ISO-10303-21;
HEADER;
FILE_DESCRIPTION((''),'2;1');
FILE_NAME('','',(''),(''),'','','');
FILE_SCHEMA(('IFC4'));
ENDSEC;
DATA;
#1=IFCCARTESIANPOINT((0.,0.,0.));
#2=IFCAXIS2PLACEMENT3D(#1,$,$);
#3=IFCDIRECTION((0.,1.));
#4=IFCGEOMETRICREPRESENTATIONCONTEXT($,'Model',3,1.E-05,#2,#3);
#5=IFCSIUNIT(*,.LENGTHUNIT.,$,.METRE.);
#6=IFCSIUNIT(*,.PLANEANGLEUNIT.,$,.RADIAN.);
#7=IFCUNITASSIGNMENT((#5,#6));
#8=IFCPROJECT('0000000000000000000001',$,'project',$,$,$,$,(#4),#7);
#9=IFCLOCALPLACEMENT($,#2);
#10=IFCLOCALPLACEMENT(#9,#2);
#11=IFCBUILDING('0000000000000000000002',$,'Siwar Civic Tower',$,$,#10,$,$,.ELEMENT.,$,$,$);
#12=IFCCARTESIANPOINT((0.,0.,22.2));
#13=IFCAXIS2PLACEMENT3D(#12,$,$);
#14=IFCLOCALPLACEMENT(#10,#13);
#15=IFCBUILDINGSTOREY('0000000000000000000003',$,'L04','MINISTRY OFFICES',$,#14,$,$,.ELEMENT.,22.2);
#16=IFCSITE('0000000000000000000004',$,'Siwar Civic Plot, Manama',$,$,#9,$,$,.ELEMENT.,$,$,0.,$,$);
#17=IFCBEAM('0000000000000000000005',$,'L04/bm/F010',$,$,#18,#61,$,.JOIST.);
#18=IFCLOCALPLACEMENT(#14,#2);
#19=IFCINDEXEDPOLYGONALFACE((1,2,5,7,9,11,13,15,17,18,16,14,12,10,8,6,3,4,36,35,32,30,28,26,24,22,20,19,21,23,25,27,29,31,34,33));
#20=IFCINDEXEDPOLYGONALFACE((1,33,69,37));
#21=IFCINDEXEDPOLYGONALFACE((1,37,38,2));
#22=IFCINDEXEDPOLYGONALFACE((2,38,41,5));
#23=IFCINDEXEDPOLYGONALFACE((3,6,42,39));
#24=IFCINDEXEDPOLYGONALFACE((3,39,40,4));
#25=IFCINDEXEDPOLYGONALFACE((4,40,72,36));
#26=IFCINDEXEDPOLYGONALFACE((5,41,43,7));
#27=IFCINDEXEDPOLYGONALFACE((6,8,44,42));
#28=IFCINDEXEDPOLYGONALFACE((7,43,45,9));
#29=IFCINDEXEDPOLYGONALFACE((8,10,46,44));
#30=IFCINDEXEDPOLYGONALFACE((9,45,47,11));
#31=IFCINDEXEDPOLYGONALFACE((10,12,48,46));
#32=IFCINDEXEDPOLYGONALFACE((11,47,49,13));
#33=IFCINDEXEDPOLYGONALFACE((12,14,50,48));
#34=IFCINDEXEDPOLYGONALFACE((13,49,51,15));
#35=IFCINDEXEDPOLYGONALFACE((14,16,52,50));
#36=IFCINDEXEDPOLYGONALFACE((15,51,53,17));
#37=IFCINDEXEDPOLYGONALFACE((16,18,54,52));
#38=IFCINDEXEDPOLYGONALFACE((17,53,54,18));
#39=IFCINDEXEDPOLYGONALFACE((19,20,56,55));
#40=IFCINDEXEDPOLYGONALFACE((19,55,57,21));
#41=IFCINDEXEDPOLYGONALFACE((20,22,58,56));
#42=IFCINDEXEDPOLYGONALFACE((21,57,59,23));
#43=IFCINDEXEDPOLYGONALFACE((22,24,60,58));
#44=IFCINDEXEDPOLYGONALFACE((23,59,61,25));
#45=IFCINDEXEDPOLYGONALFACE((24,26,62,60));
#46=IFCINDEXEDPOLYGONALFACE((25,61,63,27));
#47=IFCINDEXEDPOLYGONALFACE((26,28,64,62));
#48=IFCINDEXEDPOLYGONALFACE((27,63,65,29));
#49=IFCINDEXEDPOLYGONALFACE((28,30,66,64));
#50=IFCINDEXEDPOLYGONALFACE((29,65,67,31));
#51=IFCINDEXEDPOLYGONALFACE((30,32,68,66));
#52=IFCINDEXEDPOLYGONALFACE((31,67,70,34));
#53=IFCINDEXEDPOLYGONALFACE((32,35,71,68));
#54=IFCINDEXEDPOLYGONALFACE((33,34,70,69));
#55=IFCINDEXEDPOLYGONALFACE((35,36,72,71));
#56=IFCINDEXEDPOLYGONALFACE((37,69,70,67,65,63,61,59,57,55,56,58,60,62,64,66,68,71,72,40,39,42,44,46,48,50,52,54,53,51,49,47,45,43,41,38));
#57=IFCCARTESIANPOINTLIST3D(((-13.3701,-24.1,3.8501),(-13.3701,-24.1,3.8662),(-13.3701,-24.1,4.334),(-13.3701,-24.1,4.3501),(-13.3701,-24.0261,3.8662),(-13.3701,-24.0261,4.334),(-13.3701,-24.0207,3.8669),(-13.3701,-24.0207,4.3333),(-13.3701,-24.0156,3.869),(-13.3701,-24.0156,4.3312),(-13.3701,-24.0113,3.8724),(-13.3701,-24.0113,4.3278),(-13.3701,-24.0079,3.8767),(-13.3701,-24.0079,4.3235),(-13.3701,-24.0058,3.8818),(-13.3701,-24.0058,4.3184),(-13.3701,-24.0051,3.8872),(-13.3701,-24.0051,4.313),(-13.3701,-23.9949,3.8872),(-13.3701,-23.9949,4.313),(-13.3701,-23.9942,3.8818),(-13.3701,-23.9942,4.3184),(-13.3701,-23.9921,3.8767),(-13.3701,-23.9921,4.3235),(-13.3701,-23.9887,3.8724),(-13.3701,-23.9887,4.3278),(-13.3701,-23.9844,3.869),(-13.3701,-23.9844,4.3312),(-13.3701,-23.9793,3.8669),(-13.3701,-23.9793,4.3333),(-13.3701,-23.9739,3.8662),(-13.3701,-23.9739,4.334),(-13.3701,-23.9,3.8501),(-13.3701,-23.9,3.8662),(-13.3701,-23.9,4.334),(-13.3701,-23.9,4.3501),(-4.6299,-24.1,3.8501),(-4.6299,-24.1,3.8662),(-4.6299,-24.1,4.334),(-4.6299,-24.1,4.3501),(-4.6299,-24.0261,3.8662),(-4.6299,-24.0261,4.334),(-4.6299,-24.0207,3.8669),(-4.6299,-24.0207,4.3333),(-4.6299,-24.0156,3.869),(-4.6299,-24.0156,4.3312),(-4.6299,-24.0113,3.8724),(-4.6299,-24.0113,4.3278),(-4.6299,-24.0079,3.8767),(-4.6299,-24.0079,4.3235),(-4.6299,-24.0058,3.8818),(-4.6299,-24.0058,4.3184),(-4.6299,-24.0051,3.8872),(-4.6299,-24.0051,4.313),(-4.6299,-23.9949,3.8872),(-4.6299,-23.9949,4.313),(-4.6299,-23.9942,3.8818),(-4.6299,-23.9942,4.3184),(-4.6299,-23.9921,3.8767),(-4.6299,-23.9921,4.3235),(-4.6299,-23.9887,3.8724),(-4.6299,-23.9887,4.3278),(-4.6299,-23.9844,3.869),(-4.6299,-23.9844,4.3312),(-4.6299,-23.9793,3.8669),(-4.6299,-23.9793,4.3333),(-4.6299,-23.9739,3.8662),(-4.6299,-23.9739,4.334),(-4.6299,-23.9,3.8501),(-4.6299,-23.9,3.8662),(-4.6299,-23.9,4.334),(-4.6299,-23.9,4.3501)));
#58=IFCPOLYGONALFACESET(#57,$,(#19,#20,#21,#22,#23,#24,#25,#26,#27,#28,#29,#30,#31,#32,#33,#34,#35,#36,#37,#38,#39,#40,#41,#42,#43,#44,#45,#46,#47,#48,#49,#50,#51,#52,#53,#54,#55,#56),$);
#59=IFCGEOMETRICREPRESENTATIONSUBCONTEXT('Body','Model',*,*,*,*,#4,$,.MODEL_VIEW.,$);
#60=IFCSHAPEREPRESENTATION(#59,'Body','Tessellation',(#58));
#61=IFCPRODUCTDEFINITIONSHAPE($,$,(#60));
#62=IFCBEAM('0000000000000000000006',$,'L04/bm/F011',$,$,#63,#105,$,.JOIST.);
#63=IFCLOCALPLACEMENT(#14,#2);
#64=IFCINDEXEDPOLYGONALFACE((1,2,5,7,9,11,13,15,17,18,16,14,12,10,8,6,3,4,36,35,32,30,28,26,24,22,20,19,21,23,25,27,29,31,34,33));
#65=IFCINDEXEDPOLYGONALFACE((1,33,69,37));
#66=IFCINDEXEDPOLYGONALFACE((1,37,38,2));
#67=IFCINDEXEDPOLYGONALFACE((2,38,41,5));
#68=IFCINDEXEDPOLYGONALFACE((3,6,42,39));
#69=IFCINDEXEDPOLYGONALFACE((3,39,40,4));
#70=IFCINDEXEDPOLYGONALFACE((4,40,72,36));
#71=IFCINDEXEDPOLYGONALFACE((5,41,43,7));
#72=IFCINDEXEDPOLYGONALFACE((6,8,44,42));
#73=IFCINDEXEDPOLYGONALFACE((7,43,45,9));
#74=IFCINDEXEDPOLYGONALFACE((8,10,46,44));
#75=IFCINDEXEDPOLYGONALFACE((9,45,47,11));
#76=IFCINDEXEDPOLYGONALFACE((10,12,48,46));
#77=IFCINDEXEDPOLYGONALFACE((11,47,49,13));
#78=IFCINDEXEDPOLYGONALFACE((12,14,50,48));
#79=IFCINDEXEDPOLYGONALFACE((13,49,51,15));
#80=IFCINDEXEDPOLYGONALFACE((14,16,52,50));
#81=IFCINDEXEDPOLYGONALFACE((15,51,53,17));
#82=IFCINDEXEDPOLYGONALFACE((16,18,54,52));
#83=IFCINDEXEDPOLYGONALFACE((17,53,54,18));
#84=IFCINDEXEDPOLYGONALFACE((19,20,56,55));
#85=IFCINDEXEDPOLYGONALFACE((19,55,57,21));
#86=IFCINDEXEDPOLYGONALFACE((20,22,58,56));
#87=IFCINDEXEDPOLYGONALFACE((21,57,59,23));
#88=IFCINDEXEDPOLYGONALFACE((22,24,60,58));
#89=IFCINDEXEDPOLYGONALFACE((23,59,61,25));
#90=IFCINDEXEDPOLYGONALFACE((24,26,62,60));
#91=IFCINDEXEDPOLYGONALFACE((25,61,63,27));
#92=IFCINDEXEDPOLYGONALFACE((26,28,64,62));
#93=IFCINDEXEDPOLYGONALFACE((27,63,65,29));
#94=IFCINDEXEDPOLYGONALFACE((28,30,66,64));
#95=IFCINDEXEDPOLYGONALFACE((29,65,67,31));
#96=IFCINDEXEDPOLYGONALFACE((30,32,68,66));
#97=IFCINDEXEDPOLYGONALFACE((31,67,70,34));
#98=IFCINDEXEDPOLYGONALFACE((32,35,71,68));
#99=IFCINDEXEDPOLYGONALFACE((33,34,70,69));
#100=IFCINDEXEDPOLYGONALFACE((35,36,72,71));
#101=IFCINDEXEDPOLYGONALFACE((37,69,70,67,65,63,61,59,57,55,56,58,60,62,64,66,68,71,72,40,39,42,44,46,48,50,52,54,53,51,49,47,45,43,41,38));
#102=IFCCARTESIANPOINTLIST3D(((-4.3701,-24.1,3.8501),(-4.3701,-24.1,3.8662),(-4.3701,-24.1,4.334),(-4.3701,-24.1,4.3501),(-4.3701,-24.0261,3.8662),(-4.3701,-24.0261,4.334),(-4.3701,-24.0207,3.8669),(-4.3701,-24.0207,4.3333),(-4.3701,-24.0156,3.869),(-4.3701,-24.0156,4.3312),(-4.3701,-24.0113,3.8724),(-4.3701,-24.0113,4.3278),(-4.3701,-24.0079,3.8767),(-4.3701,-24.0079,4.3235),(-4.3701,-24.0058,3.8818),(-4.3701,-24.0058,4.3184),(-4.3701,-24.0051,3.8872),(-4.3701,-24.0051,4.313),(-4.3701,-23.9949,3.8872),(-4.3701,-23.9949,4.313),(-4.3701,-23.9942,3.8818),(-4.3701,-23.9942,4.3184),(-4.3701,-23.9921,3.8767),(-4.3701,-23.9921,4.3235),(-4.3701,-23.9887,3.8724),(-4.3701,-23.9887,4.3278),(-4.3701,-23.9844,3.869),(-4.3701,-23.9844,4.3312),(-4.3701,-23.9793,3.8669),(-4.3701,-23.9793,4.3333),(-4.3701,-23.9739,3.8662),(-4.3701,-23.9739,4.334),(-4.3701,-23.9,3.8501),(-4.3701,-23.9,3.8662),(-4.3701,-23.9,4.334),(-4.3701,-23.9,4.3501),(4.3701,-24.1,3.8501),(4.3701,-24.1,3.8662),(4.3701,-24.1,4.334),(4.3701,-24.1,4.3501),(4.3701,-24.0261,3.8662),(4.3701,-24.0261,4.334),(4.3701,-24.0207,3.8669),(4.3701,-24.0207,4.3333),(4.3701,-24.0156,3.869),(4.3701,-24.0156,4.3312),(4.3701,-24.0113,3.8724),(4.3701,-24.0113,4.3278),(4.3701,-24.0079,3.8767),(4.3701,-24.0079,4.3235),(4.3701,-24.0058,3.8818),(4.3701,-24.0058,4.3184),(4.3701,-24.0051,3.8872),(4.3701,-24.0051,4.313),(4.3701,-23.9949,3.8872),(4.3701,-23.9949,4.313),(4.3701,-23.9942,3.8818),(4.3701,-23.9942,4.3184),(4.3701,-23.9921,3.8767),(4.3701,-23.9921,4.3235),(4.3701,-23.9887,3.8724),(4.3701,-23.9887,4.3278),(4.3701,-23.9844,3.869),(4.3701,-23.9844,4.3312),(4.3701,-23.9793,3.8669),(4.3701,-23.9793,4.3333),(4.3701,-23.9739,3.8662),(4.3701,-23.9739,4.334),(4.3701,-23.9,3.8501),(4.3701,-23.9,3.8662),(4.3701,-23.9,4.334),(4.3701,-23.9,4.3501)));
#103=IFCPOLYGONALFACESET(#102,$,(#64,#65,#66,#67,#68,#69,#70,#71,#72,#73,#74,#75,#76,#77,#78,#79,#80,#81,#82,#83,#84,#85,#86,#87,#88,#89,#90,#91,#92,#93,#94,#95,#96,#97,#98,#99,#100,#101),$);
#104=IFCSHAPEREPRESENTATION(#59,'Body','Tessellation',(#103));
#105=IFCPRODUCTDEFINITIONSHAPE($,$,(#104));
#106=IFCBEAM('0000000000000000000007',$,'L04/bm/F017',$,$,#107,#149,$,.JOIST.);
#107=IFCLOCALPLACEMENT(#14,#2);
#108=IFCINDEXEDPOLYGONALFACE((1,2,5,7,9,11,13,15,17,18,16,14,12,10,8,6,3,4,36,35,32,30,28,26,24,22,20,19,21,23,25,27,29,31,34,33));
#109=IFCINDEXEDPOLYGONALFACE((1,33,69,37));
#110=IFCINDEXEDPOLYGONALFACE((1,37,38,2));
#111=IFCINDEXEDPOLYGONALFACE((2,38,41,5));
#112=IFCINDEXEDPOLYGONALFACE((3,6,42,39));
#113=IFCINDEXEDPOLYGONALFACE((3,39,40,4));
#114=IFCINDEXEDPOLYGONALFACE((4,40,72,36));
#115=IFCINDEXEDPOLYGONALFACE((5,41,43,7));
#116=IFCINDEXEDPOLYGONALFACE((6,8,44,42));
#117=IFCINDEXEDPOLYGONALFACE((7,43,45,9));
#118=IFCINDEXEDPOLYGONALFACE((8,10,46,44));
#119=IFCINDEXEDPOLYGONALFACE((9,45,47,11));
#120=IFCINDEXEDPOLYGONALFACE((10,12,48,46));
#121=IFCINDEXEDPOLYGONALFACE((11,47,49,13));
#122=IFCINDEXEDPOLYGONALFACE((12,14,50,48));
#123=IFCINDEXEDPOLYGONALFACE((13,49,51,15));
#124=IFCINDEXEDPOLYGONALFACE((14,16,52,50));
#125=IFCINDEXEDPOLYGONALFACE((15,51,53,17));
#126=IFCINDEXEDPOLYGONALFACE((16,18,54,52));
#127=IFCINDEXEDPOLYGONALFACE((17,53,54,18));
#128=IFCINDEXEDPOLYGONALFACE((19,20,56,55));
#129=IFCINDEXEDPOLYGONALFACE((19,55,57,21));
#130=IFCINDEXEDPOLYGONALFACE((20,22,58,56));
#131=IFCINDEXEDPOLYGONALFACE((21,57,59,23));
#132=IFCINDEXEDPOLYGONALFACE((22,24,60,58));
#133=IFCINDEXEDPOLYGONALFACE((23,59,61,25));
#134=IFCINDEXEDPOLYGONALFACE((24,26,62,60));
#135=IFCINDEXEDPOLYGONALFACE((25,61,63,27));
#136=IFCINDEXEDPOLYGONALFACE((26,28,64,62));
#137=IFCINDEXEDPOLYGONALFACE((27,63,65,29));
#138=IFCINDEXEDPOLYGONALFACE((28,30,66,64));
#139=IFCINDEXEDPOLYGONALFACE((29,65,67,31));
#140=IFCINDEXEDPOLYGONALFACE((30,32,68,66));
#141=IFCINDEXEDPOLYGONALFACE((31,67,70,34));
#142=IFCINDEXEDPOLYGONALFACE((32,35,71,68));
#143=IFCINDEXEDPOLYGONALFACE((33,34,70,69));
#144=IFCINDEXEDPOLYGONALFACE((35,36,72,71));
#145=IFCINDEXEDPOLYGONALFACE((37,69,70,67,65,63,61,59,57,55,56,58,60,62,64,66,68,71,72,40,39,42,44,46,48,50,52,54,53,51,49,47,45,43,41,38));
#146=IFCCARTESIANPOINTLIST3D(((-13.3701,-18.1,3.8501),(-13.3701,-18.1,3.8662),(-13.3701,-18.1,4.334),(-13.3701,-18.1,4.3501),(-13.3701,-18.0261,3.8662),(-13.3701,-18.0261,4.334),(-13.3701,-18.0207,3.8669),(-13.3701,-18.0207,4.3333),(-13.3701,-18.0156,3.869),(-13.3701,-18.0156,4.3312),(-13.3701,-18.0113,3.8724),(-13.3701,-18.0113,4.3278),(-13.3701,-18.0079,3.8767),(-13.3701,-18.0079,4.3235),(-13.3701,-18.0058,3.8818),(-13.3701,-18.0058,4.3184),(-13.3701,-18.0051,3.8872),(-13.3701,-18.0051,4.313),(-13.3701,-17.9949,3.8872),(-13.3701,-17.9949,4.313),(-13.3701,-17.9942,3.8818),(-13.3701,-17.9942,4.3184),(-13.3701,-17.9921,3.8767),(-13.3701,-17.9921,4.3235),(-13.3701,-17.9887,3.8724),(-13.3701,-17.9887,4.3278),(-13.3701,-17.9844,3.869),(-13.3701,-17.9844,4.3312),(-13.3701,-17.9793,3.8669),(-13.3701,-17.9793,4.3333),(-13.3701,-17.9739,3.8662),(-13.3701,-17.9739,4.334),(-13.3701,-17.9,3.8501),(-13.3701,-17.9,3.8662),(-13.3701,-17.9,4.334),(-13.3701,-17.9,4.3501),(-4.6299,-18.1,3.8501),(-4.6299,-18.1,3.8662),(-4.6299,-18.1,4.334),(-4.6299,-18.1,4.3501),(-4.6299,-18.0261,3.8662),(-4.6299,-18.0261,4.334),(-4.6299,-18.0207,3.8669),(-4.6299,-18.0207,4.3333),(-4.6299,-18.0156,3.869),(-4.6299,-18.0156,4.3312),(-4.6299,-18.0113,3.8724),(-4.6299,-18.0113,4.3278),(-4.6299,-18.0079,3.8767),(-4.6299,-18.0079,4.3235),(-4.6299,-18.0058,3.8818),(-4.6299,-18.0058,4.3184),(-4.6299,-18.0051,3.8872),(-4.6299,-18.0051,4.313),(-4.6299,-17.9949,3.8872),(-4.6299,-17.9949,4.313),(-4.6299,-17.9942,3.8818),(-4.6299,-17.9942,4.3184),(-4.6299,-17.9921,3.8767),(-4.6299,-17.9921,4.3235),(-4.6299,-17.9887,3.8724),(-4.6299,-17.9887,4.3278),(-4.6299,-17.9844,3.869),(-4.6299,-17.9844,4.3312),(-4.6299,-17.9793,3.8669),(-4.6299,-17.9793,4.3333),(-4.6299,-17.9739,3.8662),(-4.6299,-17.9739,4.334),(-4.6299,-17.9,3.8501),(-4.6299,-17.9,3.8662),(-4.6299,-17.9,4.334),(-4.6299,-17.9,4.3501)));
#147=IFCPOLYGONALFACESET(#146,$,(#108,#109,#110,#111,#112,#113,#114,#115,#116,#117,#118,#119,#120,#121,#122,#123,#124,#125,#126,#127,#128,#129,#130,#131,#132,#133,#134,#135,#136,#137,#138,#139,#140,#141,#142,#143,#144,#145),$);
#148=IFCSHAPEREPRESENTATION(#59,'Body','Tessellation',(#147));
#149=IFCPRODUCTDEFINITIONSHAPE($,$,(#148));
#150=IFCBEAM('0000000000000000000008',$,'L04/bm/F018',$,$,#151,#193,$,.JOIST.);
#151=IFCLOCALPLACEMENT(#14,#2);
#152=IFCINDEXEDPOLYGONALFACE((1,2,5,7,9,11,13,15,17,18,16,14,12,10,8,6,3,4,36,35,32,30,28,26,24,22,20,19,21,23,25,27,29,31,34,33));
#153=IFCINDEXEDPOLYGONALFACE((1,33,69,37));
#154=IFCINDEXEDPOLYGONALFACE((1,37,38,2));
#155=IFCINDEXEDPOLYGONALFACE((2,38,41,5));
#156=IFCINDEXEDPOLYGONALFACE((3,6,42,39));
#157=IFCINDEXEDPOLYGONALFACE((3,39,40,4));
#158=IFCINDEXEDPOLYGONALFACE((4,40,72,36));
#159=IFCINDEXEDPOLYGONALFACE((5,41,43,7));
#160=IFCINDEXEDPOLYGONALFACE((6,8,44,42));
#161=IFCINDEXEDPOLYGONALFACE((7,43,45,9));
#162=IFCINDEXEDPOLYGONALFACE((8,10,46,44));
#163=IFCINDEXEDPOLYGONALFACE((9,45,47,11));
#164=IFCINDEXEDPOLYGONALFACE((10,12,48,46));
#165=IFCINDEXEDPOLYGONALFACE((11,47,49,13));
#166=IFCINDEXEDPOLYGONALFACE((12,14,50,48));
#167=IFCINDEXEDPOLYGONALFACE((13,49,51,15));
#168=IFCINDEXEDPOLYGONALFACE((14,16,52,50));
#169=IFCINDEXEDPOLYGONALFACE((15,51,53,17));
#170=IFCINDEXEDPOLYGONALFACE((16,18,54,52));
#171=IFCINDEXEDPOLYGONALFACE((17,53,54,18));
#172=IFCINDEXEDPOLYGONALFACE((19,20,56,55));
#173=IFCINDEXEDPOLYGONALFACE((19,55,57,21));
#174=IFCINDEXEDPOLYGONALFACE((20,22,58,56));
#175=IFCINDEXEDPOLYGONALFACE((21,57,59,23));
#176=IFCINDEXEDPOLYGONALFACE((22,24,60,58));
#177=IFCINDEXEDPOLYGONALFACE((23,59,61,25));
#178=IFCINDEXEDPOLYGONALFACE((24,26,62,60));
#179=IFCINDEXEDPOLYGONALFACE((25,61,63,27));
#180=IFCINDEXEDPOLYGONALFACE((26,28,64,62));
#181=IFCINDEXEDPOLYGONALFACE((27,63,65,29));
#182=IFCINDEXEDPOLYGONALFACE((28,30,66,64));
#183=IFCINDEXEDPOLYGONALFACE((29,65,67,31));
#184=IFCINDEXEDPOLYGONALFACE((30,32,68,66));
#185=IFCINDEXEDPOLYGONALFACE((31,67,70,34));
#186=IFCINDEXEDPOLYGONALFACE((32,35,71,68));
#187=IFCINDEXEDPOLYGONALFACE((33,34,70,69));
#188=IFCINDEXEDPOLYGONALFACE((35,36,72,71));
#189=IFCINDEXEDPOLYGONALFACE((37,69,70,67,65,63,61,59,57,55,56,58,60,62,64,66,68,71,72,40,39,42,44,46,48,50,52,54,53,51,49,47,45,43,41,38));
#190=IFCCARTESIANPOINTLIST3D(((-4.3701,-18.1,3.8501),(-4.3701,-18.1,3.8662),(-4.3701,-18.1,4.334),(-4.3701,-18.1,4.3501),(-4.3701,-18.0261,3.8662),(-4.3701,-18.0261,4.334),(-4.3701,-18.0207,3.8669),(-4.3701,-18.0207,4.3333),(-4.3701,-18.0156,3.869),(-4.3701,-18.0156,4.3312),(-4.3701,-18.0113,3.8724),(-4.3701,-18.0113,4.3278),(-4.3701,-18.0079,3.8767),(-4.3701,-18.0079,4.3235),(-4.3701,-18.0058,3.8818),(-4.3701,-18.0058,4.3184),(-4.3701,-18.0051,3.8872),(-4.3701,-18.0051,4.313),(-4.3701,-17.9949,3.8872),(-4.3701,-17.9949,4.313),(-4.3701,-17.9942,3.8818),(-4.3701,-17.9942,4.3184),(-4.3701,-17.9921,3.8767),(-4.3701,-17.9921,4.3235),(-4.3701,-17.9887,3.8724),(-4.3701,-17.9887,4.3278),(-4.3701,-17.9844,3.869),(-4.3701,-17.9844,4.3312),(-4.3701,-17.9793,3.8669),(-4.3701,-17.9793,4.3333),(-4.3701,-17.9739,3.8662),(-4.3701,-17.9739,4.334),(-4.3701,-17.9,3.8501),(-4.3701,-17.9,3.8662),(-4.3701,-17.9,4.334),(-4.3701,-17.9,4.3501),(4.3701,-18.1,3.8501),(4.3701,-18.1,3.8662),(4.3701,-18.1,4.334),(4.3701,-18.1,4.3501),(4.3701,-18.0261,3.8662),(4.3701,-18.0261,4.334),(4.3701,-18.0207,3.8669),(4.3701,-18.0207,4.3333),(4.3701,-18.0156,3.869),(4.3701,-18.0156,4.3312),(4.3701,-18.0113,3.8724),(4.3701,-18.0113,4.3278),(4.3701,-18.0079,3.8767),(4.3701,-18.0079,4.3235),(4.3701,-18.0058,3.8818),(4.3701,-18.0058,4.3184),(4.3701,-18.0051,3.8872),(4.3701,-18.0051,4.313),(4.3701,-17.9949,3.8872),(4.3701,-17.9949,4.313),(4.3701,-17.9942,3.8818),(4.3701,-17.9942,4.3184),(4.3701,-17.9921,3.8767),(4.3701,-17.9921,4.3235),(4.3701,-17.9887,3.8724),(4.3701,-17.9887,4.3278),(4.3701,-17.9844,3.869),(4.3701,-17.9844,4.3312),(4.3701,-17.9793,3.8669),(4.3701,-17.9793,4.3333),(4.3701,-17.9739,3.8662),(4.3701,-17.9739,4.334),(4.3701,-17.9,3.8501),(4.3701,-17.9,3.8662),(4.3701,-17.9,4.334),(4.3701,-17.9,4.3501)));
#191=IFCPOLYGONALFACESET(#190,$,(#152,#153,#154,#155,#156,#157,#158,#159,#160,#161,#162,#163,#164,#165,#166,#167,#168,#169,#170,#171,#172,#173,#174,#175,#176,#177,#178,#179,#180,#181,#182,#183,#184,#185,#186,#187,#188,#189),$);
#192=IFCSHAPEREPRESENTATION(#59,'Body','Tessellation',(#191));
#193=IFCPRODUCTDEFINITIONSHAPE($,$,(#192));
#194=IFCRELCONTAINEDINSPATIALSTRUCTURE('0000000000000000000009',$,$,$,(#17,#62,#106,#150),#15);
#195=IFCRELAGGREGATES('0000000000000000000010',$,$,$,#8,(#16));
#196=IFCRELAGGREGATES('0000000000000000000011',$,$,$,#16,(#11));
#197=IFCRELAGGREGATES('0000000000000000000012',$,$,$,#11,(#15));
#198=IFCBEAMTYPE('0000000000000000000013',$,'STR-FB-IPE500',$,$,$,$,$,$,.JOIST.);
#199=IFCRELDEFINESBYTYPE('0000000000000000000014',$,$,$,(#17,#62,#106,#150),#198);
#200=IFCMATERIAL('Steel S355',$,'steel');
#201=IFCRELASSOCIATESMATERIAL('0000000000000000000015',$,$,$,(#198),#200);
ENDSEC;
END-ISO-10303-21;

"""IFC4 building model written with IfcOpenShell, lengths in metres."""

from ifc_helpers import new_model, si_unit, direction, frame, origin, origin_2d, place, context, subcontext, project, spatial, i_section, extrude, material, material_profile, profile_set, type_object, element, save


model = new_model("IFC4")

# Units and contexts
model_context = context("Model", 3, precision=1e-05, world=origin(), true_north=direction((0.0, 1.0)))
body_context = subcontext(model_context, "Body", "Model", "MODEL_VIEW")
ifc_project = project(units=[si_unit("LENGTHUNIT", "METRE"), si_unit("PLANEANGLEUNIT", "RADIAN")], contexts=[model_context])

# Site, building, storey
site_placement = place(None, origin())
site = spatial("IfcSite", under=ifc_project, at=site_placement, Name="Siwar Civic Plot, Manama", CompositionType="ELEMENT", RefElevation=0.0)
building_placement = place(site_placement, origin())
building = spatial("IfcBuilding", under=site, at=building_placement, Name="Siwar Civic Tower", CompositionType="ELEMENT")
storey_placement = place(building_placement, frame((0.0, 0.0, 22.2)))
storey = spatial("IfcBuildingStorey", under=building, at=storey_placement, Name="L04", Description="MINISTRY OFFICES", CompositionType="ELEMENT", Elevation=22.2)

# Beams
ifc_material_1 = material(Name="Steel S355", Category="steel")
ifc_material_profile_1 = material_profile(ifc_material_1, i_section(OverallWidth=0.2, OverallDepth=0.5, WebThickness=0.0103, FlangeThickness=0.0161, FilletRadius=0.021, at=origin_2d()), Name="IPE500")
ifc_profile_set_1 = profile_set([ifc_material_profile_1], Name="Steel S355")
beam_type_1 = type_object("IfcBeamType", Name="STR-FB-IPE500", PredefinedType="JOIST", material=ifc_profile_set_1)
for number, where, z_axis, x_axis, name in (
    (1, (-13.3701, -24.0, 4.1001), (1.0, 0.0, 0.0), (0.0, 1.0, 0.0), "L04/bm/F010"),
    (2, (-4.3701, -24.0, 4.1001), (1.0, 0.0, 0.0), (0.0, 1.0, 0.0), "L04/bm/F011"),
    (3, (-13.3701, -18.0, 4.1001), (1.0, 0.0, 0.0), (0.0, 1.0, 0.0), "L04/bm/F017"),
    (4, (-4.3701, -18.0, 4.1001), (1.0, 0.0, 0.0), (0.0, 1.0, 0.0), "L04/bm/F018"),
):
    element("IfcBeam", number, at=place(storey_placement, frame(where, z_axis=z_axis, x_axis=x_axis)), inside=storey, type_object=beam_type_1, Name=name, PredefinedType="JOIST", context=body_context, shape_type="SweptSolid", body=[
        extrude(i_section(OverallWidth=0.2, OverallDepth=0.5, WebThickness=0.0103, FlangeThickness=0.0161, FilletRadius=0.021, at=origin_2d()), origin(), (0.0, 0.0, 1.0), 8.7402),
    ])

save(model, "model.ifc")
